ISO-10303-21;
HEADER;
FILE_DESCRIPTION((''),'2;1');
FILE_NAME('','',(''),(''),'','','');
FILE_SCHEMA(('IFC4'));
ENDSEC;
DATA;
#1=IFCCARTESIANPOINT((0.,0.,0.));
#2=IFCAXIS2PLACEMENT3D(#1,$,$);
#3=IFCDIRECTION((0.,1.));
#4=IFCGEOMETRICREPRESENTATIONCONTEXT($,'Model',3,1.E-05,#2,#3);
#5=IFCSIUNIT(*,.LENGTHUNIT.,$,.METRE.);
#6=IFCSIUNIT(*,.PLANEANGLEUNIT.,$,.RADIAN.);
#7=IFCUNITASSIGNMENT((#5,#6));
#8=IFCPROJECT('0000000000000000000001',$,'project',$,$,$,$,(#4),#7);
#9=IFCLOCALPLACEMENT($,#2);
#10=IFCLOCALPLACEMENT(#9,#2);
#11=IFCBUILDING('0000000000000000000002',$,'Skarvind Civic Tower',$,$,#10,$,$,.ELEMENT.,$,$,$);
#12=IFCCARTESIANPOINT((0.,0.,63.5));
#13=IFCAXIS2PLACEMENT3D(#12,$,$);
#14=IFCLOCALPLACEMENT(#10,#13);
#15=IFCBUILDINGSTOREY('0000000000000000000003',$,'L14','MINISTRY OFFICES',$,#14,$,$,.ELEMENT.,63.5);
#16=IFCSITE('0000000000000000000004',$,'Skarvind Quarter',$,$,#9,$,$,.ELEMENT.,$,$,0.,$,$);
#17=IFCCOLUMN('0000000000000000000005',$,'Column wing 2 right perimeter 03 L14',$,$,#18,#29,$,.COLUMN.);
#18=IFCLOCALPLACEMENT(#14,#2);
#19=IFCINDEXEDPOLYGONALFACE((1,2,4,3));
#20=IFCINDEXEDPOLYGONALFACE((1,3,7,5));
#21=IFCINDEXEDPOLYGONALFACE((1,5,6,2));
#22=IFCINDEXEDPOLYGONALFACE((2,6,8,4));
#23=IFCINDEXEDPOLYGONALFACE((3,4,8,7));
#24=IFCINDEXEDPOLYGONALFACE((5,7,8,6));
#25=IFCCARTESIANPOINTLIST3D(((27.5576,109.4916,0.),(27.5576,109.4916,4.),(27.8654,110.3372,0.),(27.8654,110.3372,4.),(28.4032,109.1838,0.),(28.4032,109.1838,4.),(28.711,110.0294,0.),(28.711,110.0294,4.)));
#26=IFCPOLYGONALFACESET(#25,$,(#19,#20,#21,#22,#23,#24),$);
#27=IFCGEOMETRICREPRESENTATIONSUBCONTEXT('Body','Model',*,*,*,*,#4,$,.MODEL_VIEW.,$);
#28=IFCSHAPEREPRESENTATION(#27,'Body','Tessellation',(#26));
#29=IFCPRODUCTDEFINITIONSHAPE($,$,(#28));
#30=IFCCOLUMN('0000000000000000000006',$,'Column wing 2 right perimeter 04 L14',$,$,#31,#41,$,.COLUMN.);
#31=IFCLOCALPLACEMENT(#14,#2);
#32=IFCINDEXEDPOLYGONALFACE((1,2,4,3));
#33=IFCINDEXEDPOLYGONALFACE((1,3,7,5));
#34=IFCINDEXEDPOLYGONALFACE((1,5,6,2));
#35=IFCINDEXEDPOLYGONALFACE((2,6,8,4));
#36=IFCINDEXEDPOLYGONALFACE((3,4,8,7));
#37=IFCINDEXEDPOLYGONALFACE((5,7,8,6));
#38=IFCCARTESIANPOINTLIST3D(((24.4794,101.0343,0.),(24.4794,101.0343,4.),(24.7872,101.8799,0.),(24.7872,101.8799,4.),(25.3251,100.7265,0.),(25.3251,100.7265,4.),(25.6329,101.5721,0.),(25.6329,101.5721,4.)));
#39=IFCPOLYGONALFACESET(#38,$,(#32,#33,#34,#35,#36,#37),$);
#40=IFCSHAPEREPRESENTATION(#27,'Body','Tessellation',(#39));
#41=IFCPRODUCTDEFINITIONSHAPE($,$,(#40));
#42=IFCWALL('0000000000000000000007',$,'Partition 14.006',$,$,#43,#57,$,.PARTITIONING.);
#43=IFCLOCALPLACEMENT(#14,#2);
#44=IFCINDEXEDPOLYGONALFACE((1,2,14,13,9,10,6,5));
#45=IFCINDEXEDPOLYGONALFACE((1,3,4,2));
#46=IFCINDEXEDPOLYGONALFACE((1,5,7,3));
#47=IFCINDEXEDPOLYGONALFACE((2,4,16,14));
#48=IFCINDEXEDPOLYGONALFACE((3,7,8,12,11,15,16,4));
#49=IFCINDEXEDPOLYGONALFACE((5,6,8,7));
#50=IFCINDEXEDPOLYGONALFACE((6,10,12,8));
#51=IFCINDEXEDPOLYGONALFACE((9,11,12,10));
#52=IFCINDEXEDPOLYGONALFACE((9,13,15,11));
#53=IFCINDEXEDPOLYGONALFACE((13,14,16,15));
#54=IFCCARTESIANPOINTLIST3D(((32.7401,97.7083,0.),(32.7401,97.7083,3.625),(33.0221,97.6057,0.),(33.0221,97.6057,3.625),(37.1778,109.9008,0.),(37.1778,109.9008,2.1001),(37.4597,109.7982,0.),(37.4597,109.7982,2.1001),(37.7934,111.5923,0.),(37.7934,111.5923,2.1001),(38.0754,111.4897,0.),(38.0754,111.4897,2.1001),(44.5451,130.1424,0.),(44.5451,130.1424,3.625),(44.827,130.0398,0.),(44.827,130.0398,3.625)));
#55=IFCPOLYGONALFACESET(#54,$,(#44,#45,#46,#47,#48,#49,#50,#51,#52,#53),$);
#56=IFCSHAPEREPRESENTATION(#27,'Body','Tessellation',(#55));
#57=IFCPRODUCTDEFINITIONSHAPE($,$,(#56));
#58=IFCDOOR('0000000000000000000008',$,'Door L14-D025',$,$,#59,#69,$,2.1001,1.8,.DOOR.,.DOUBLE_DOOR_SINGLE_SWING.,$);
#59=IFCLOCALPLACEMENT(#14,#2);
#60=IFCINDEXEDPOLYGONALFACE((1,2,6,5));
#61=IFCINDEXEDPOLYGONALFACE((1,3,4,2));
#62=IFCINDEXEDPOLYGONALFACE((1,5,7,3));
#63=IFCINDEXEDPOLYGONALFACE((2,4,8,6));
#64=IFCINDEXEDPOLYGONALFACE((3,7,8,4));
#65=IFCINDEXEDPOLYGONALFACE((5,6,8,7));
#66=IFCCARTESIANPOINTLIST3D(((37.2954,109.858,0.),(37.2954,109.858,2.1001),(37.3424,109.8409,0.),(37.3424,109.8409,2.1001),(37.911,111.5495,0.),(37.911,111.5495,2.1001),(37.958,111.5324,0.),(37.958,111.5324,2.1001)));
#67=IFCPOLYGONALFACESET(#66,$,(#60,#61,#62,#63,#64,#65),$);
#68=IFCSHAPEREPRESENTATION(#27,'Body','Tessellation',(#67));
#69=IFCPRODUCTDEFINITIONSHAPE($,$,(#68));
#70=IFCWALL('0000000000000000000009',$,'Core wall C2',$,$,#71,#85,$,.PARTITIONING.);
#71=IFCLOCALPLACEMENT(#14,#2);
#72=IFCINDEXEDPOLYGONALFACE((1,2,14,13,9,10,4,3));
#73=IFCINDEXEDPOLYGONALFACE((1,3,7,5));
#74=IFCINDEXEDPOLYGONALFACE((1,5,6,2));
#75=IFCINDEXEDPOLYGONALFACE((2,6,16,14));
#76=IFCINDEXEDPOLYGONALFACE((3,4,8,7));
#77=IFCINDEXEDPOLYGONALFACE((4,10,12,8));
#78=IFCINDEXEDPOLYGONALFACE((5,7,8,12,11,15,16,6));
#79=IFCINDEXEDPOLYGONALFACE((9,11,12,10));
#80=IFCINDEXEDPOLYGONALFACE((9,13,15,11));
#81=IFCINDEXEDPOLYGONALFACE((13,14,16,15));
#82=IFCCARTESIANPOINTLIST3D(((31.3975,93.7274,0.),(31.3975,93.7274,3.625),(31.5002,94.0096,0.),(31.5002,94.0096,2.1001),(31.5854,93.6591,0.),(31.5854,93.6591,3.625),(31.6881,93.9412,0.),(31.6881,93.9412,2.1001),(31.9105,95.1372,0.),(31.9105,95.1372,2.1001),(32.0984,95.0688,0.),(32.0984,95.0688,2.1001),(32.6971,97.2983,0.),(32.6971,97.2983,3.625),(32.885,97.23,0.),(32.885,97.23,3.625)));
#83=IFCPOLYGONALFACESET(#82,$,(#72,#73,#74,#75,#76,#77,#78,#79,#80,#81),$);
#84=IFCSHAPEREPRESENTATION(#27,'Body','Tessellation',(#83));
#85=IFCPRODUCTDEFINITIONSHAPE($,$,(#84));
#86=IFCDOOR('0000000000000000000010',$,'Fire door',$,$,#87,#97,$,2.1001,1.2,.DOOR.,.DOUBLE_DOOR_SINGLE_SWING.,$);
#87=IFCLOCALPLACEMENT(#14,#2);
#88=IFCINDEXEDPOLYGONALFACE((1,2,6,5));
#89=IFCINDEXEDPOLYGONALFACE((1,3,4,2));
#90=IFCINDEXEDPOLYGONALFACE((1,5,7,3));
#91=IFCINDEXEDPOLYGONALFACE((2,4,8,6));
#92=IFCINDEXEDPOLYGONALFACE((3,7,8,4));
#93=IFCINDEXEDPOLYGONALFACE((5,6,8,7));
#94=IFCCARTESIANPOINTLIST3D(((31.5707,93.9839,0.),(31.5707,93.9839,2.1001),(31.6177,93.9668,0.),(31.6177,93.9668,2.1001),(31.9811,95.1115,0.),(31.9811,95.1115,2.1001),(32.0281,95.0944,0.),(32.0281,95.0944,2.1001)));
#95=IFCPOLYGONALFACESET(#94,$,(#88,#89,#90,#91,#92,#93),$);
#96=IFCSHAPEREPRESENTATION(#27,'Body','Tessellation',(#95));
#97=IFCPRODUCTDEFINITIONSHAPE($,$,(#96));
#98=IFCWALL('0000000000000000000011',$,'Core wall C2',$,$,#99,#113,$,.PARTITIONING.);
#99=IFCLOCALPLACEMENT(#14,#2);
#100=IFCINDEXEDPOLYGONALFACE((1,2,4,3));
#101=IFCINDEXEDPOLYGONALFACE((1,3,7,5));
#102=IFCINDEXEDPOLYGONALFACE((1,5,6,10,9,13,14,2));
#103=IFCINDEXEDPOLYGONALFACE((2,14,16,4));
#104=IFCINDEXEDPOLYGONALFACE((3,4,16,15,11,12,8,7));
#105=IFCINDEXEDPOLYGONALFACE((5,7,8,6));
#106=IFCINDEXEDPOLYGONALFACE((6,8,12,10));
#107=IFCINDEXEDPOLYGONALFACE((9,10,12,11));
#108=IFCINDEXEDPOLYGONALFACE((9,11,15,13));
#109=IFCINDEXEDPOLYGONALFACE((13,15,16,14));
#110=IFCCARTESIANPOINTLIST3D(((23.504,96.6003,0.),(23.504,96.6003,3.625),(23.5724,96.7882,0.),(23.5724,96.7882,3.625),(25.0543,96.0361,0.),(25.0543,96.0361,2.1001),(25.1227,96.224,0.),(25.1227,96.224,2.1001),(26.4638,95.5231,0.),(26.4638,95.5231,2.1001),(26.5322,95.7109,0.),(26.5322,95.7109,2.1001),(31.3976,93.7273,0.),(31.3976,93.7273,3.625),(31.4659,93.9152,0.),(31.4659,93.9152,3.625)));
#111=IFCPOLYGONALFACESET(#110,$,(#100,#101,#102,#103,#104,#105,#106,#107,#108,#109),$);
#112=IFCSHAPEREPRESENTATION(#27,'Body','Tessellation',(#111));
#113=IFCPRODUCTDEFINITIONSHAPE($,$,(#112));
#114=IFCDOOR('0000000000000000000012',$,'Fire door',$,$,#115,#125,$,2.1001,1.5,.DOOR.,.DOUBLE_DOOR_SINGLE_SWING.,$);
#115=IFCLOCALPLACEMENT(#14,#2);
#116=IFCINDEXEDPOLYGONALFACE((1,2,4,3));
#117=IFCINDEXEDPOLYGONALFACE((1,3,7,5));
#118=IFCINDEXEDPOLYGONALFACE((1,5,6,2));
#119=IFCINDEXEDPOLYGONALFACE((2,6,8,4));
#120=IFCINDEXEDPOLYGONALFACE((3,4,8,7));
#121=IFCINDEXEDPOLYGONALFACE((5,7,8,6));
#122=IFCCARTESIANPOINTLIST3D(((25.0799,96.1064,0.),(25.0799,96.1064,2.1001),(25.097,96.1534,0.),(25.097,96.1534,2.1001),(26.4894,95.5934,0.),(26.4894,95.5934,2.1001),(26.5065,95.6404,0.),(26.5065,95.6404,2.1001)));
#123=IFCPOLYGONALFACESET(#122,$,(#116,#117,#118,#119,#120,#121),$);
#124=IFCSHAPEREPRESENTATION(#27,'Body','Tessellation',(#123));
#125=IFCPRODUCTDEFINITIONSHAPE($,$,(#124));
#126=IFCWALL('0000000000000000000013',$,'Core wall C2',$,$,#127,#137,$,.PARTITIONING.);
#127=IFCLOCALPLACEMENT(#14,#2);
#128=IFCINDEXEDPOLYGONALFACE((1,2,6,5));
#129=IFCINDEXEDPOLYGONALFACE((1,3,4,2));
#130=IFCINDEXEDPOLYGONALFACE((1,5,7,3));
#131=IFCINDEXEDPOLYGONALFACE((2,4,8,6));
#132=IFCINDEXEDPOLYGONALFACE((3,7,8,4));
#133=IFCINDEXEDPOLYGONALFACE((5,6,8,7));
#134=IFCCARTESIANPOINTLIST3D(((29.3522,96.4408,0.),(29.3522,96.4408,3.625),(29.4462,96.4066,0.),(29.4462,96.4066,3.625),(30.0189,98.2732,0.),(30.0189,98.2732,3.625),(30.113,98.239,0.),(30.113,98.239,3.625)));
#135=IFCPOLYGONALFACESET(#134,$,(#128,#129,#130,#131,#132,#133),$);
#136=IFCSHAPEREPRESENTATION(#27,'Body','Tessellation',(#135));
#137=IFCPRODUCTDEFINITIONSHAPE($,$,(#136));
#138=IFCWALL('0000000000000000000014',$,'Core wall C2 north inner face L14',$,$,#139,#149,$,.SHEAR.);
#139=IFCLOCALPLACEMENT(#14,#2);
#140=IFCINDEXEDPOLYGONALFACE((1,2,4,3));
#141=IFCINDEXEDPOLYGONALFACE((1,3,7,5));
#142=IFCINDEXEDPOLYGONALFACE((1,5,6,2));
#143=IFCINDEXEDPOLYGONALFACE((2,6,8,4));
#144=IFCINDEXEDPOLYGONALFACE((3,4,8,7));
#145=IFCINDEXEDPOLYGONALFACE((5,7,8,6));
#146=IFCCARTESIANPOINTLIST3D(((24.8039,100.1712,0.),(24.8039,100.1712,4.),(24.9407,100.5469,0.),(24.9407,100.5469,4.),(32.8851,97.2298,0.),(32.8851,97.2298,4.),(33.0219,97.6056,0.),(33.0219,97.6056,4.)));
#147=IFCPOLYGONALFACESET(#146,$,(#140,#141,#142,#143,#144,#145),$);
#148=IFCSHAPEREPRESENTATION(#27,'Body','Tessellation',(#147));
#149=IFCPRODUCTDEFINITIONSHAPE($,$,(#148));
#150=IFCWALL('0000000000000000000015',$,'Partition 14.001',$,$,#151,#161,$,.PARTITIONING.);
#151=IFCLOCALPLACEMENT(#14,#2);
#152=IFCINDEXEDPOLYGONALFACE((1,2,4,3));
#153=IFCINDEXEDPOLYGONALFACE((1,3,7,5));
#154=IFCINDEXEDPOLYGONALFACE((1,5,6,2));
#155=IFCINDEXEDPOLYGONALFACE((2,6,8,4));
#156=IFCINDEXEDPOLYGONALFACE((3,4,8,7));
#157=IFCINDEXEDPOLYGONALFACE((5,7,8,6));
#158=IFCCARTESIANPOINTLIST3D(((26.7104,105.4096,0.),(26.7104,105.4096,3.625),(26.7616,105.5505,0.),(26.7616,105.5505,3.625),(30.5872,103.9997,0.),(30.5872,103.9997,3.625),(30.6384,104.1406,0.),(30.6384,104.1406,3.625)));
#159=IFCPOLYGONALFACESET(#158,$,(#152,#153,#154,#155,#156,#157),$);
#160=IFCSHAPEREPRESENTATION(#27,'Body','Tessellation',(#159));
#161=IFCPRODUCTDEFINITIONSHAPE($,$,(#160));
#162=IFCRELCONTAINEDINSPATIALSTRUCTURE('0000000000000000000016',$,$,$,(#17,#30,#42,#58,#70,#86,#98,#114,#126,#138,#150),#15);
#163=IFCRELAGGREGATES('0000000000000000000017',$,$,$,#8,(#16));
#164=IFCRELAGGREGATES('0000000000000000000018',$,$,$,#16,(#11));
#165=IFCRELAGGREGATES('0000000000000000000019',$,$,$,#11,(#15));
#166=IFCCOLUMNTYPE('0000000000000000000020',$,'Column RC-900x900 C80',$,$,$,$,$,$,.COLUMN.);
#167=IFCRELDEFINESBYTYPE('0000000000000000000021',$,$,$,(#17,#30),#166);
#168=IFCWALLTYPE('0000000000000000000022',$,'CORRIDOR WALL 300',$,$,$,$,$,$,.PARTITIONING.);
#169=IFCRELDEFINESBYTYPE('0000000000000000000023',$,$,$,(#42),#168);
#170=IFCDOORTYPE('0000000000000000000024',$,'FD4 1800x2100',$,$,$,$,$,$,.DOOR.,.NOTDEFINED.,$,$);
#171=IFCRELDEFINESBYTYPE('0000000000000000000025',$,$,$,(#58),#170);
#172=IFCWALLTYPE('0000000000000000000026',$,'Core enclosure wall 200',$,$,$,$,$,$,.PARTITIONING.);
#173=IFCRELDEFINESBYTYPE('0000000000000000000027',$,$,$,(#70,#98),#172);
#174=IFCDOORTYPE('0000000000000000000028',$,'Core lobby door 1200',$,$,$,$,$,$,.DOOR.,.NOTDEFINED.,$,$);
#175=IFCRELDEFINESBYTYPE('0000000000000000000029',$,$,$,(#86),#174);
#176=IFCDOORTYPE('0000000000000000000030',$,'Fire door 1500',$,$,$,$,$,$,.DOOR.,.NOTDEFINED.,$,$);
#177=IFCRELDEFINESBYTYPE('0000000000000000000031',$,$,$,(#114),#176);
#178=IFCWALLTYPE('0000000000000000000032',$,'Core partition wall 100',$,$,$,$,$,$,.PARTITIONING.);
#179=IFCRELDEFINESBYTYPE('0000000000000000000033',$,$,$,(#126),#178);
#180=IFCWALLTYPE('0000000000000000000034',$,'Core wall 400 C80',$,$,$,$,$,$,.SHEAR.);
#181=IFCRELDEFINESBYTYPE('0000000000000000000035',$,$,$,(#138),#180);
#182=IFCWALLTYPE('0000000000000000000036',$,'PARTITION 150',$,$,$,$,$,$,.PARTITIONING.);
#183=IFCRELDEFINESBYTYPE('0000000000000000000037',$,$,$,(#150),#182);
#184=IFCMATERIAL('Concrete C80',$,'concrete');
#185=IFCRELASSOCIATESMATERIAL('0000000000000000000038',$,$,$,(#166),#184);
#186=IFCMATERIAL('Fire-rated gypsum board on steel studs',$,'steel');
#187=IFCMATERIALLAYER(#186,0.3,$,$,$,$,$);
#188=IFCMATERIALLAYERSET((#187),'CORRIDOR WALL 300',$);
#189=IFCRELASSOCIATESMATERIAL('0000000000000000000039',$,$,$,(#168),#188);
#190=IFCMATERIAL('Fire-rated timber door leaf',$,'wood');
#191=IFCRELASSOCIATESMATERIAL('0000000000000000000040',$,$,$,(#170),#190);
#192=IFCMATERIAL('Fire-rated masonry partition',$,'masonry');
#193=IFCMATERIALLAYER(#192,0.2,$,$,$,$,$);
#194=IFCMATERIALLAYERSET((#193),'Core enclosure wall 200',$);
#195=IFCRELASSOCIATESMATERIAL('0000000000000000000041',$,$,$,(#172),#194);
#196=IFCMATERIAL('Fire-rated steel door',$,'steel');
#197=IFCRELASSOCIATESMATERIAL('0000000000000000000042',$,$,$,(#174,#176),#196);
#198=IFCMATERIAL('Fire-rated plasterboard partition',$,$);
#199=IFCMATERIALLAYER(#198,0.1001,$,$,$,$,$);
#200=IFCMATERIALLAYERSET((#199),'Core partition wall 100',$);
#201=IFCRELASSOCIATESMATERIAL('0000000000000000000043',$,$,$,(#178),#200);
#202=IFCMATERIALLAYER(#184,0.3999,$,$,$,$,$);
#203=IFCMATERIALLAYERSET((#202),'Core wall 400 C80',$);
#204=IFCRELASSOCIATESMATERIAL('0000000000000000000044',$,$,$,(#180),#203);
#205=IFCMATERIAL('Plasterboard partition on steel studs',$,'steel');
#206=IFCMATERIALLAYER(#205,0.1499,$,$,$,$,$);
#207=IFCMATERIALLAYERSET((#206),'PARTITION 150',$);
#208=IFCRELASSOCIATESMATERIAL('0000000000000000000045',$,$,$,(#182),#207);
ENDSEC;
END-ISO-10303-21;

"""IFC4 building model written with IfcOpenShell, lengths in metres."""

from ifc_helpers import new_model, si_unit, direction, frame, frame_2d, origin, origin_2d, place, context, subcontext, project, spatial, rectangle, extrude, material, layer, layer_set, material_profile, profile_set, type_object, element, fill, save


model = new_model("IFC4")

# Units and contexts
model_context = context("Model", 3, precision=1e-05, world=origin(), true_north=direction((0.0, 1.0)))
body_context = subcontext(model_context, "Body", "Model", "MODEL_VIEW")
ifc_project = project(units=[si_unit("LENGTHUNIT", "METRE"), si_unit("PLANEANGLEUNIT", "RADIAN")], contexts=[model_context])

# Site, building, storey
site_placement = place(None, origin())
site = spatial("IfcSite", under=ifc_project, at=site_placement, Name="Skarvind Quarter", CompositionType="ELEMENT", RefElevation=0.0)
building_placement = place(site_placement, origin())
building = spatial("IfcBuilding", under=site, at=building_placement, Name="Skarvind Civic Tower", CompositionType="ELEMENT")
storey_placement = place(building_placement, frame((0.0, 0.0, 63.5)))
storey = spatial("IfcBuildingStorey", under=building, at=storey_placement, Name="L14", Description="MINISTRY OFFICES", CompositionType="ELEMENT", Elevation=63.5)

# Columns
ifc_material_1 = material(Name="Concrete C80", Category="concrete")
ifc_material_profile = material_profile(ifc_material_1, rectangle(XDim=0.8999, YDim=0.8999, at=origin_2d()), Name="RC-900x900")
ifc_profile_set = profile_set([ifc_material_profile], Name="Concrete C80")
column_type = type_object("IfcColumnType", Name="Column RC-900x900 C80", PredefinedType="COLUMN", material=ifc_profile_set)
for number, where, z_axis, x_axis, name in (
    (1, (28.1343, 109.7605, 0.0), (0.0, 0.0, 1.0), (-0.34202, -0.939693, 0.0), "Column wing 2 right perimeter 03 L14"),
    (2, (25.0562, 101.3032, 0.0), (0.0, 0.0, 1.0), (-0.34202, -0.939693, 0.0), "Column wing 2 right perimeter 04 L14"),
):
    element("IfcColumn", number, at=place(storey_placement, frame(where, z_axis=z_axis, x_axis=x_axis)), inside=storey, type_object=column_type, Name=name, PredefinedType="COLUMN", context=body_context, shape_type="SweptSolid", body=[
        extrude(rectangle(XDim=0.8999, YDim=0.8999, at=origin_2d()), origin(), (0.0, 0.0, 1.0), 4.0),
    ])

# Walls, openings, doors
ifc_material_2 = material(Name="Fire-rated gypsum board on steel studs", Category="steel")
ifc_layer_1 = layer(ifc_material_2, 0.3)
ifc_layer_set_1 = layer_set([ifc_layer_1], Name="CORRIDOR WALL 300")
wall_type_1 = type_object("IfcWallType", Name="CORRIDOR WALL 300", PredefinedType="PARTITIONING", material=ifc_layer_set_1)
wall_1_placement = place(storey_placement, frame((32.8811, 97.657, 0.0), z_axis=(0.0, 0.0, 1.0), x_axis=(0.342017, 0.939694, 0.0)))
wall_1 = element("IfcWall", 3, at=wall_1_placement, inside=storey, type_object=wall_type_1, Name="Partition 14.006", PredefinedType="PARTITIONING", context=body_context, shape_type="SweptSolid", body=[
    extrude(rectangle(XDim=34.5156, YDim=0.3, at=frame_2d((17.2578, 0.0))), origin(), (0.0, 0.0, 1.0), 3.625),
])
opening_1_placement = place(wall_1_placement, frame((12.9751, 0.0, 0.0)))
opening_1 = element("IfcOpeningElement", 4, at=opening_1_placement, cuts=wall_1, PredefinedType="OPENING", context=body_context, shape_type="SweptSolid", body=[
    extrude(rectangle(XDim=1.8, YDim=2.1001, at=frame_2d((0.8999, 1.05))), frame((0.0, 0.1599, 0.0), z_axis=(0.0, -1.0, 0.0), x_axis=(1.0, 0.0, 0.0)), (0.0, 0.0, 1.0), 0.3201),
])
ifc_material_3 = material(Name="Fire-rated timber door leaf", Category="wood")
door_type_1 = type_object("IfcDoorType", Name="FD4 1800x2100", OperationType="NOTDEFINED", PredefinedType="DOOR", material=ifc_material_3)
door_1_placement = place(opening_1_placement, origin())
door_1 = element("IfcDoor", 5, at=door_1_placement, inside=storey, type_object=door_type_1, Name="Door L14-D025", OperationType="DOUBLE_DOOR_SINGLE_SWING", OverallHeight=2.1001, OverallWidth=1.8, PredefinedType="DOOR", context=body_context, shape_type="SweptSolid", body=[
    extrude(rectangle(XDim=1.8, YDim=2.1001, at=frame_2d((0.8999, 1.05))), frame((0.0, 0.0249, 0.0), z_axis=(0.0, -1.0, 0.0), x_axis=(1.0, 0.0, 0.0)), (0.0, 0.0, 1.0), 0.05),
])
fill(opening_1, door_1)
ifc_material_4 = material(Name="Fire-rated masonry partition", Category="masonry")
ifc_layer_2 = layer(ifc_material_4, 0.2)
ifc_layer_set_2 = layer_set([ifc_layer_2], Name="Core enclosure wall 200")
wall_type_2 = type_object("IfcWallType", Name="Core enclosure wall 200", PredefinedType="PARTITIONING", material=ifc_layer_set_2)
wall_2_placement = place(storey_placement, frame((31.4915, 93.6934, 0.0), z_axis=(0.0, 0.0, 1.0), x_axis=(0.341996, 0.939701, 0.0)))
wall_2 = element("IfcWall", 6, at=wall_2_placement, inside=storey, type_object=wall_type_2, Name="Core wall C2", PredefinedType="PARTITIONING", context=body_context, shape_type="SweptSolid", body=[
    extrude(rectangle(XDim=3.8, YDim=0.2, at=frame_2d((1.8999, 0.0))), origin(), (0.0, 0.0, 1.0), 3.625),
])
opening_2_placement = place(wall_2_placement, frame((0.3, 0.0, 0.0)))
opening_2 = element("IfcOpeningElement", 7, at=opening_2_placement, cuts=wall_2, PredefinedType="OPENING", context=body_context, shape_type="SweptSolid", body=[
    extrude(rectangle(XDim=1.2, YDim=2.1001, at=frame_2d((0.6001, 1.05))), frame((0.0, 0.1099, 0.0), z_axis=(0.0, -1.0, 0.0), x_axis=(1.0, 0.0, 0.0)), (0.0, 0.0, 1.0), 0.22),
])
ifc_material_5 = material(Name="Fire-rated steel door", Category="steel")
door_type_2 = type_object("IfcDoorType", Name="Core lobby door 1200", OperationType="NOTDEFINED", PredefinedType="DOOR", material=ifc_material_5)
door_2_placement = place(opening_2_placement, origin())
door_2 = element("IfcDoor", 8, at=door_2_placement, inside=storey, type_object=door_type_2, Name="Fire door", OperationType="DOUBLE_DOOR_SINGLE_SWING", OverallHeight=2.1001, OverallWidth=1.2, PredefinedType="DOOR", context=body_context, shape_type="SweptSolid", body=[
    extrude(rectangle(XDim=1.2, YDim=2.1001, at=frame_2d((0.6001, 1.05))), frame((0.0, 0.0249, 0.0), z_axis=(0.0, -1.0, 0.0), x_axis=(1.0, 0.0, 0.0)), (0.0, 0.0, 1.0), 0.05),
])
fill(opening_2, door_2)
wall_3_placement = place(storey_placement, frame((23.5381, 96.6943, 0.0), z_axis=(0.0, 0.0, 1.0), x_axis=(0.939692, -0.342023, 0.0)))
wall_3 = element("IfcWall", 9, at=wall_3_placement, inside=storey, type_object=wall_type_2, Name="Core wall C2", PredefinedType="PARTITIONING", context=body_context, shape_type="SweptSolid", body=[
    extrude(rectangle(XDim=8.4001, YDim=0.2, at=frame_2d((4.2002, 0.0))), origin(), (0.0, 0.0, 1.0), 3.625),
])
opening_3_placement = place(wall_3_placement, frame((1.6499, 0.0, 0.0)))
opening_3 = element("IfcOpeningElement", 10, at=opening_3_placement, cuts=wall_3, PredefinedType="OPENING", context=body_context, shape_type="SweptSolid", body=[
    extrude(rectangle(XDim=1.5, YDim=2.1001, at=frame_2d((0.75, 1.05))), frame((0.0, 0.1099, 0.0), z_axis=(0.0, -1.0, 0.0), x_axis=(1.0, 0.0, 0.0)), (0.0, 0.0, 1.0), 0.22),
])
door_type_3 = type_object("IfcDoorType", Name="Fire door 1500", OperationType="NOTDEFINED", PredefinedType="DOOR", material=ifc_material_5)
door_3_placement = place(opening_3_placement, origin())
door_3 = element("IfcDoor", 11, at=door_3_placement, inside=storey, type_object=door_type_3, Name="Fire door", OperationType="DOUBLE_DOOR_SINGLE_SWING", OverallHeight=2.1001, OverallWidth=1.5, PredefinedType="DOOR", context=body_context, shape_type="SweptSolid", body=[
    extrude(rectangle(XDim=1.5, YDim=2.1001, at=frame_2d((0.75, 1.05))), frame((0.0, 0.0249, 0.0), z_axis=(0.0, -1.0, 0.0), x_axis=(1.0, 0.0, 0.0)), (0.0, 0.0, 1.0), 0.05),
])
fill(opening_3, door_3)

# Walls
ifc_material_6 = material(Name="Fire-rated plasterboard partition")
ifc_layer_3 = layer(ifc_material_6, 0.1001)
ifc_layer_set_3 = layer_set([ifc_layer_3], Name="Core partition wall 100")
wall_type_3 = type_object("IfcWallType", Name="Core partition wall 100", PredefinedType="PARTITIONING", material=ifc_layer_set_3)
wall_4_placement = place(storey_placement, frame((29.3992, 96.4236, 0.0), z_axis=(0.0, 0.0, 1.0), x_axis=(0.341914, 0.939731, 0.0)))
element("IfcWall", 12, at=wall_4_placement, inside=storey, type_object=wall_type_3, Name="Core wall C2", PredefinedType="PARTITIONING", context=body_context, shape_type="SweptSolid", body=[
    extrude(rectangle(XDim=1.95, YDim=0.1001, at=frame_2d((0.9751, 0.0))), origin(), (0.0, 0.0, 1.0), 3.625),
])
ifc_layer_4 = layer(ifc_material_1, 0.3999)
ifc_layer_set_4 = layer_set([ifc_layer_4], Name="Core wall 400 C80")
wall_type_4 = type_object("IfcWallType", Name="Core wall 400 C80", PredefinedType="SHEAR", material=ifc_layer_set_4)
wall_5_placement = place(storey_placement, frame((32.9534, 97.4177, 0.0), z_axis=(0.0, 0.0, 1.0), x_axis=(-0.939691, 0.342026, 0.0)))
element("IfcWall", 13, at=wall_5_placement, inside=storey, type_object=wall_type_4, Name="Core wall C2 north inner face L14", PredefinedType="SHEAR", context=body_context, shape_type="SweptSolid", body=[
    extrude(rectangle(XDim=8.5999, YDim=0.3999, at=frame_2d((4.2998, 0.0))), origin(), (0.0, 0.0, 1.0), 4.0),
])
ifc_material_7 = material(Name="Plasterboard partition on steel studs", Category="steel")
ifc_layer_5 = layer(ifc_material_7, 0.1499)
ifc_layer_set_5 = layer_set([ifc_layer_5], Name="PARTITION 150")
wall_type_5 = type_object("IfcWallType", Name="PARTITION 150", PredefinedType="PARTITIONING", material=ifc_layer_set_5)
wall_6_placement = place(storey_placement, frame((26.7361, 105.48, 0.0), z_axis=(0.0, 0.0, 1.0), x_axis=(0.939785, -0.341767, 0.0)))
element("IfcWall", 14, at=wall_6_placement, inside=storey, type_object=wall_type_5, Name="Partition 14.001", PredefinedType="PARTITIONING", context=body_context, shape_type="SweptSolid", body=[
    extrude(rectangle(XDim=4.1252, YDim=0.1499, at=frame_2d((2.0625, 0.0))), origin(), (0.0, 0.0, 1.0), 3.625),
])

save(model, "model.ifc")
